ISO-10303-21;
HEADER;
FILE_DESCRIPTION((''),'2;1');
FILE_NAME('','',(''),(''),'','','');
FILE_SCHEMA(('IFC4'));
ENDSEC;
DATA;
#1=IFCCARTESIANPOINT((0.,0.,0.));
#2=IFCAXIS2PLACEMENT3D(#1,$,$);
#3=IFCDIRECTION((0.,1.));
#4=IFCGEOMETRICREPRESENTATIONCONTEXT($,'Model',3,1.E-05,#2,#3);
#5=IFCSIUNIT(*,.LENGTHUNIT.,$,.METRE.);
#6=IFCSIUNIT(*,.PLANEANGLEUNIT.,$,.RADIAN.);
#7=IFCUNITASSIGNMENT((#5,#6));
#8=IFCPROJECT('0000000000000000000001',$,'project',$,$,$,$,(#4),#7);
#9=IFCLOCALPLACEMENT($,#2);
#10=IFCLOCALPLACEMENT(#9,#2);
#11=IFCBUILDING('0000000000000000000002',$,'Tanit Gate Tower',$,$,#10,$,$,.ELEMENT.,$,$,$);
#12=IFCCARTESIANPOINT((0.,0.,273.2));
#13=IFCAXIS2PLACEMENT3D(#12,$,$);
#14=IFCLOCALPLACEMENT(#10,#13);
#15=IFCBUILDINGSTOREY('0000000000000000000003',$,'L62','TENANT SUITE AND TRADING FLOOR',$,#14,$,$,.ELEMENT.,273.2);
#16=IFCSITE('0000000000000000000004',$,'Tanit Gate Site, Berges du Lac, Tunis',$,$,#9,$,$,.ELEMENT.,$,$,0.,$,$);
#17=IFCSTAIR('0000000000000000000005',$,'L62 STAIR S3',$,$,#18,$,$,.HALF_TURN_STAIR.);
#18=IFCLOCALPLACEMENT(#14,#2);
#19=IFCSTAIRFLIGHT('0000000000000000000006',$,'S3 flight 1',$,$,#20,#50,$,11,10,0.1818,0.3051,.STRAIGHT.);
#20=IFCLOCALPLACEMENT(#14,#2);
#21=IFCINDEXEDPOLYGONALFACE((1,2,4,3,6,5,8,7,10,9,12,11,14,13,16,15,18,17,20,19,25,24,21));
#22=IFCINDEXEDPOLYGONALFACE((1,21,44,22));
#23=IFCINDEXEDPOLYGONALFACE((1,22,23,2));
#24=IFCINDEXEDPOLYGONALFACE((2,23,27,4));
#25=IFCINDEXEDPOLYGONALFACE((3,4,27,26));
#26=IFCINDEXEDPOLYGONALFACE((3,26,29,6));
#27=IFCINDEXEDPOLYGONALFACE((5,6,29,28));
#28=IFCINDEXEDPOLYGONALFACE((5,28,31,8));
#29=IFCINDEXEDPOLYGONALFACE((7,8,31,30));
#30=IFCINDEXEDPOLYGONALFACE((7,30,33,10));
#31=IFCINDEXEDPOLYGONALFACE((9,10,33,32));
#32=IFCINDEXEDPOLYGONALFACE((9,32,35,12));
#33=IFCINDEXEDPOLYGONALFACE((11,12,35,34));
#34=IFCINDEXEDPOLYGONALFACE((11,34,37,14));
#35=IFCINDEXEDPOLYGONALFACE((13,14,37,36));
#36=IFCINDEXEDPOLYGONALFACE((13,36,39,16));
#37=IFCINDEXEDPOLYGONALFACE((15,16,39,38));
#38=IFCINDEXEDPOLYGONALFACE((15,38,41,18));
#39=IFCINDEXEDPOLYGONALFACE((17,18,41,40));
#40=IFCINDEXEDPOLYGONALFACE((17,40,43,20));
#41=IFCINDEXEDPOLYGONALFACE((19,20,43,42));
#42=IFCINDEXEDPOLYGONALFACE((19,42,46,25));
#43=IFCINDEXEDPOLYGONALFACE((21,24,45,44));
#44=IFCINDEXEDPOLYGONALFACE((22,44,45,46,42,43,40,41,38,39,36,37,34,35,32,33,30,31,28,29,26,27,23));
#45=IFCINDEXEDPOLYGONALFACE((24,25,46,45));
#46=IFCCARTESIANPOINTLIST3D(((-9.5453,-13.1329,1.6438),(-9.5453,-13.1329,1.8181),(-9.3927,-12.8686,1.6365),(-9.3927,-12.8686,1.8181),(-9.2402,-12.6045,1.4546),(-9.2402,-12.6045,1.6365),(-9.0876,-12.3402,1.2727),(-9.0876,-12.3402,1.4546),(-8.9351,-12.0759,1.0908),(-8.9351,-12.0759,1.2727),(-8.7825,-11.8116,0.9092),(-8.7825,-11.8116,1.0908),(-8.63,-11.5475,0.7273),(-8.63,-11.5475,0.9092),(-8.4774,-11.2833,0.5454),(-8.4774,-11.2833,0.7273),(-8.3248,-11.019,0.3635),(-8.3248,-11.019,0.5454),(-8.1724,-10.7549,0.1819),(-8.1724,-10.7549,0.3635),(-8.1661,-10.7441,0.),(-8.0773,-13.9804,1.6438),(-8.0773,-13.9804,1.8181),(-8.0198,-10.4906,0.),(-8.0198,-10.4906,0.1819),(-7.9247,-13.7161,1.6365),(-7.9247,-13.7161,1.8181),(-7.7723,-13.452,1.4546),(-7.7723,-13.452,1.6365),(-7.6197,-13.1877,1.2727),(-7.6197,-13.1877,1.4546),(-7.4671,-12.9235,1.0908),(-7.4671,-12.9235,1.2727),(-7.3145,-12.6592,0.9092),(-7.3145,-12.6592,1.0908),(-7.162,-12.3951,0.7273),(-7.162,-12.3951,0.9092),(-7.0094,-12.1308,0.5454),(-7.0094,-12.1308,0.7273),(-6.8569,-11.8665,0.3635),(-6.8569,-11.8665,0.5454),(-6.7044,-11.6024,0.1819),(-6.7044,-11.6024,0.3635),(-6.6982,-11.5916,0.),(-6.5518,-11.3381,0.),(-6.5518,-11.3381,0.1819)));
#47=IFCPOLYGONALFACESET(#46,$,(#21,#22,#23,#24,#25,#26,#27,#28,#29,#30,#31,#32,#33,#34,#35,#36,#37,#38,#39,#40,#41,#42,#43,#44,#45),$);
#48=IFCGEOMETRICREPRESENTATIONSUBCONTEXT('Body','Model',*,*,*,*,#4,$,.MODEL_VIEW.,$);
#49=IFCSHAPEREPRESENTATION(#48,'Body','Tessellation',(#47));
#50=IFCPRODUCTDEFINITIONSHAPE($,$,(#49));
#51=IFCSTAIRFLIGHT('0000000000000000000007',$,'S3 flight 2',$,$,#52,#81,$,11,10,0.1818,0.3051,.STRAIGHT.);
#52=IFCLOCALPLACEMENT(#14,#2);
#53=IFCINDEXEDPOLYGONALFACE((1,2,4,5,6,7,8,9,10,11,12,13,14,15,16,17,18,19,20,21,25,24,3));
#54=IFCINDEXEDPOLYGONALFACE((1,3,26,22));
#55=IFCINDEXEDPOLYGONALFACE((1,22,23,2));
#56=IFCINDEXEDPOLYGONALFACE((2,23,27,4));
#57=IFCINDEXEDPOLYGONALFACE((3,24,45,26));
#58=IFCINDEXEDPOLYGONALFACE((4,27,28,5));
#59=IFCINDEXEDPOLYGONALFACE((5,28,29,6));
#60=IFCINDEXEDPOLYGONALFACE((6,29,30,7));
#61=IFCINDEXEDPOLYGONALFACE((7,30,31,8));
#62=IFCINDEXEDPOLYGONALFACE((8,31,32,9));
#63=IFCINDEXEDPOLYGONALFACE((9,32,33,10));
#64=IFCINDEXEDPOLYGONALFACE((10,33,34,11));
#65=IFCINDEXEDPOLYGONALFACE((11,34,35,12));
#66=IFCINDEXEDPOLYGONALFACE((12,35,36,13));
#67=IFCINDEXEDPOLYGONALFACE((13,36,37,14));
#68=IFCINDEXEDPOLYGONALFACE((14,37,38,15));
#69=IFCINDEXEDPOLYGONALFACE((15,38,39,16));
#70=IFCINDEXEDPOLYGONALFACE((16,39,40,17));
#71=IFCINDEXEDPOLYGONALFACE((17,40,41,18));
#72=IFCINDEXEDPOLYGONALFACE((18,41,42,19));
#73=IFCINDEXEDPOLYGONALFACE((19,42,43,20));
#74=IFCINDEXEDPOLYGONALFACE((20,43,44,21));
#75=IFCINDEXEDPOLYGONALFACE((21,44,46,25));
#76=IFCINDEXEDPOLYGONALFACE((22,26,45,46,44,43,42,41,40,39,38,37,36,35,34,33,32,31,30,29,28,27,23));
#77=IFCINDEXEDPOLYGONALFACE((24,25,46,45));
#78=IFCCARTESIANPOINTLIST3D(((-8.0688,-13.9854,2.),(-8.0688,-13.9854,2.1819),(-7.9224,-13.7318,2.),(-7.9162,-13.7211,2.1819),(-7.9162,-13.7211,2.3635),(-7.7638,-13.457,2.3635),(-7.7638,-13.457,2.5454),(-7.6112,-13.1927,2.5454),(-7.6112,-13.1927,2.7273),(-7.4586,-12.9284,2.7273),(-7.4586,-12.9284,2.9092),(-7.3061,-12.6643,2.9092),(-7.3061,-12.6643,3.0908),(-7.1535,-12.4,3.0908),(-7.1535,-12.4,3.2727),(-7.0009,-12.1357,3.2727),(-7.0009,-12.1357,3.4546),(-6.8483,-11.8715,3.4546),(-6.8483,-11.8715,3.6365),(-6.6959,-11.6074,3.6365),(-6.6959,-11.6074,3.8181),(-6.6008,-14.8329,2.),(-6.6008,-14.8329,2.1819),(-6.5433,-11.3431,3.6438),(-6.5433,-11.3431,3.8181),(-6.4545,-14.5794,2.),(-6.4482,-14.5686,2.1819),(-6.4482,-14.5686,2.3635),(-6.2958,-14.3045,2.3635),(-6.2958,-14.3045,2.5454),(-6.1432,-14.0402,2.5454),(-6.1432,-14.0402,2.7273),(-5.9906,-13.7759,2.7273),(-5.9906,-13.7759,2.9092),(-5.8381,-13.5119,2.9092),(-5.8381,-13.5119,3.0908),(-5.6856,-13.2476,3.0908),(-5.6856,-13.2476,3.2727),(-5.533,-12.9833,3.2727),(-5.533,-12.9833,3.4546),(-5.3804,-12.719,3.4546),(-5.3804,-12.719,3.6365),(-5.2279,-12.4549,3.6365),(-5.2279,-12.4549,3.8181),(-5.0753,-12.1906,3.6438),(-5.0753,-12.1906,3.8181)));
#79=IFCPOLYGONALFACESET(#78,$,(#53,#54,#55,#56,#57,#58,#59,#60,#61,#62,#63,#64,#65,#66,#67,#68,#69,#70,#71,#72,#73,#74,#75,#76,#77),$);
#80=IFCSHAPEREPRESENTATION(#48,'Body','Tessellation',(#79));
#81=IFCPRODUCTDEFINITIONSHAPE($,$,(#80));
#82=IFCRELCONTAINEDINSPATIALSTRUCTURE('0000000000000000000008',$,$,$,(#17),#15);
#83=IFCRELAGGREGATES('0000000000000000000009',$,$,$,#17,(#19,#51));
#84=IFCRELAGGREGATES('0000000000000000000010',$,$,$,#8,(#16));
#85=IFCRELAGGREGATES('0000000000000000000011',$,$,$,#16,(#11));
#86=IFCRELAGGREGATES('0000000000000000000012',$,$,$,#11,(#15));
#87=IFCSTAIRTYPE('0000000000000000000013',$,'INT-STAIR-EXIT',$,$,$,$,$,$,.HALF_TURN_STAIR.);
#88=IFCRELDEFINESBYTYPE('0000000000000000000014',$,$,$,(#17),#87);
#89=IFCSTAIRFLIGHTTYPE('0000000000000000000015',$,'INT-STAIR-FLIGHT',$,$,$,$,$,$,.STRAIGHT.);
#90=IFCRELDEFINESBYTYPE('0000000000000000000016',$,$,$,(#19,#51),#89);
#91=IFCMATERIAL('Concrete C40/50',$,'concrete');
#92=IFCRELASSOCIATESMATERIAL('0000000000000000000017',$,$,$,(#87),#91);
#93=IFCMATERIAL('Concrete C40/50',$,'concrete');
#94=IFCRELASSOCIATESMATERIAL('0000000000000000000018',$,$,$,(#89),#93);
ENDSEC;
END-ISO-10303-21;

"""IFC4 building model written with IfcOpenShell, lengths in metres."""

from ifc_helpers import new_model, si_unit, direction, frame, origin, place, context, subcontext, project, spatial, polyline, outline, extrude, material, type_object, element, aggregate, save


model = new_model("IFC4")

# Units and contexts
model_context = context("Model", 3, precision=1e-05, world=origin(), true_north=direction((0.0, 1.0)))
body_context = subcontext(model_context, "Body", "Model", "MODEL_VIEW")
ifc_project = project(units=[si_unit("LENGTHUNIT", "METRE"), si_unit("PLANEANGLEUNIT", "RADIAN")], contexts=[model_context])

# Site, building, storey
site_placement = place(None, origin())
site = spatial("IfcSite", under=ifc_project, at=site_placement, Name="Tanit Gate Site, Berges du Lac, Tunis", CompositionType="ELEMENT", RefElevation=0.0)
building_placement = place(site_placement, origin())
building = spatial("IfcBuilding", under=site, at=building_placement, Name="Tanit Gate Tower", CompositionType="ELEMENT")
storey_placement = place(building_placement, frame((0.0, 0.0, 273.2)))
storey = spatial("IfcBuildingStorey", under=building, at=storey_placement, Name="L62", Description="TENANT SUITE AND TRADING FLOOR", CompositionType="ELEMENT", Elevation=273.2)

# Stair, stair flights
ifc_material_1 = material(Name="Concrete C40/50", Category="concrete")
stair_type = type_object("IfcStairType", Name="INT-STAIR-EXIT", PredefinedType="HALF_TURN_STAIR", material=ifc_material_1)
stair_placement = place(storey_placement, origin())
stair = element("IfcStair", 1, at=stair_placement, inside=storey, type_object=stair_type, Name="L62 STAIR S3", PredefinedType="HALF_TURN_STAIR")
ifc_material_2 = material(Name="Concrete C40/50", Category="concrete")
stair_flight_type = type_object("IfcStairFlightType", Name="INT-STAIR-FLIGHT", PredefinedType="STRAIGHT", material=ifc_material_2)
stair_flight_1_placement = place(storey_placement, frame((-7.2859, -10.9143, 0.0), z_axis=(0.0, 0.0, 1.0), x_axis=(-0.5, -0.866025, 0.0)))
stair_flight_1 = element("IfcStairFlight", 2, at=stair_flight_1_placement, type_object=stair_flight_type, Name="S3 flight 1", NumberOfRisers=11, NumberOfTreads=10, PredefinedType="STRAIGHT", RiserHeight=0.1818, TreadLength=0.3051, context=body_context, shape_type="SweptSolid", body=[
    extrude(outline(polyline([(0.0, 0.0), (0.0, 0.1819), (0.3052, 0.1819), (0.3052, 0.3635), (0.6101, 0.3635), (0.6101, 0.5454), (0.9153, 0.5454), (0.9153, 0.7273), (1.2205, 0.7273), (1.2205, 0.9092), (1.5254, 0.9092), (1.5254, 1.0908), (1.8306, 1.0908), (1.8306, 1.2727), (2.1357, 1.2727), (2.1357, 1.4546), (2.4409, 1.4546), (2.4409, 1.6365), (2.7458, 1.6365), (2.7458, 1.8181), (3.051, 1.8181), (3.051, 2.0), (3.051, 1.6438), (0.2927, 0.0), (0.0, 0.0)])), frame((0.0, 0.8477, 0.0), z_axis=(0.0, -1.0, 0.0), x_axis=(1.0, 0.0, 0.0)), (0.0, 0.0, 1.0), 1.6951),
])
stair_flight_2_placement = place(storey_placement, frame((-7.3347, -14.4092, 2.0), z_axis=(0.0, 0.0, 1.0), x_axis=(0.5, 0.866025, 0.0)))
stair_flight_2 = element("IfcStairFlight", 3, at=stair_flight_2_placement, type_object=stair_flight_type, Name="S3 flight 2", NumberOfRisers=11, NumberOfTreads=10, PredefinedType="STRAIGHT", RiserHeight=0.1818, TreadLength=0.3051, context=body_context, shape_type="SweptSolid", body=[
    extrude(outline(polyline([(0.0, 0.0), (0.0, 0.1819), (0.3052, 0.1819), (0.3052, 0.3635), (0.6101, 0.3635), (0.6101, 0.5454), (0.9153, 0.5454), (0.9153, 0.7273), (1.2205, 0.7273), (1.2205, 0.9092), (1.5254, 0.9092), (1.5254, 1.0908), (1.8306, 1.0908), (1.8306, 1.2727), (2.1357, 1.2727), (2.1357, 1.4546), (2.4409, 1.4546), (2.4409, 1.6365), (2.7458, 1.6365), (2.7458, 1.8181), (3.051, 1.8181), (3.051, 2.0), (3.051, 1.6438), (0.2927, 0.0), (0.0, 0.0)])), frame((0.0, 0.8477, 0.0), z_axis=(0.0, -1.0, 0.0), x_axis=(1.0, 0.0, 0.0)), (0.0, 0.0, 1.0), 1.6951),
])
aggregate(stair, [stair_flight_1, stair_flight_2])

save(model, "model.ifc")
